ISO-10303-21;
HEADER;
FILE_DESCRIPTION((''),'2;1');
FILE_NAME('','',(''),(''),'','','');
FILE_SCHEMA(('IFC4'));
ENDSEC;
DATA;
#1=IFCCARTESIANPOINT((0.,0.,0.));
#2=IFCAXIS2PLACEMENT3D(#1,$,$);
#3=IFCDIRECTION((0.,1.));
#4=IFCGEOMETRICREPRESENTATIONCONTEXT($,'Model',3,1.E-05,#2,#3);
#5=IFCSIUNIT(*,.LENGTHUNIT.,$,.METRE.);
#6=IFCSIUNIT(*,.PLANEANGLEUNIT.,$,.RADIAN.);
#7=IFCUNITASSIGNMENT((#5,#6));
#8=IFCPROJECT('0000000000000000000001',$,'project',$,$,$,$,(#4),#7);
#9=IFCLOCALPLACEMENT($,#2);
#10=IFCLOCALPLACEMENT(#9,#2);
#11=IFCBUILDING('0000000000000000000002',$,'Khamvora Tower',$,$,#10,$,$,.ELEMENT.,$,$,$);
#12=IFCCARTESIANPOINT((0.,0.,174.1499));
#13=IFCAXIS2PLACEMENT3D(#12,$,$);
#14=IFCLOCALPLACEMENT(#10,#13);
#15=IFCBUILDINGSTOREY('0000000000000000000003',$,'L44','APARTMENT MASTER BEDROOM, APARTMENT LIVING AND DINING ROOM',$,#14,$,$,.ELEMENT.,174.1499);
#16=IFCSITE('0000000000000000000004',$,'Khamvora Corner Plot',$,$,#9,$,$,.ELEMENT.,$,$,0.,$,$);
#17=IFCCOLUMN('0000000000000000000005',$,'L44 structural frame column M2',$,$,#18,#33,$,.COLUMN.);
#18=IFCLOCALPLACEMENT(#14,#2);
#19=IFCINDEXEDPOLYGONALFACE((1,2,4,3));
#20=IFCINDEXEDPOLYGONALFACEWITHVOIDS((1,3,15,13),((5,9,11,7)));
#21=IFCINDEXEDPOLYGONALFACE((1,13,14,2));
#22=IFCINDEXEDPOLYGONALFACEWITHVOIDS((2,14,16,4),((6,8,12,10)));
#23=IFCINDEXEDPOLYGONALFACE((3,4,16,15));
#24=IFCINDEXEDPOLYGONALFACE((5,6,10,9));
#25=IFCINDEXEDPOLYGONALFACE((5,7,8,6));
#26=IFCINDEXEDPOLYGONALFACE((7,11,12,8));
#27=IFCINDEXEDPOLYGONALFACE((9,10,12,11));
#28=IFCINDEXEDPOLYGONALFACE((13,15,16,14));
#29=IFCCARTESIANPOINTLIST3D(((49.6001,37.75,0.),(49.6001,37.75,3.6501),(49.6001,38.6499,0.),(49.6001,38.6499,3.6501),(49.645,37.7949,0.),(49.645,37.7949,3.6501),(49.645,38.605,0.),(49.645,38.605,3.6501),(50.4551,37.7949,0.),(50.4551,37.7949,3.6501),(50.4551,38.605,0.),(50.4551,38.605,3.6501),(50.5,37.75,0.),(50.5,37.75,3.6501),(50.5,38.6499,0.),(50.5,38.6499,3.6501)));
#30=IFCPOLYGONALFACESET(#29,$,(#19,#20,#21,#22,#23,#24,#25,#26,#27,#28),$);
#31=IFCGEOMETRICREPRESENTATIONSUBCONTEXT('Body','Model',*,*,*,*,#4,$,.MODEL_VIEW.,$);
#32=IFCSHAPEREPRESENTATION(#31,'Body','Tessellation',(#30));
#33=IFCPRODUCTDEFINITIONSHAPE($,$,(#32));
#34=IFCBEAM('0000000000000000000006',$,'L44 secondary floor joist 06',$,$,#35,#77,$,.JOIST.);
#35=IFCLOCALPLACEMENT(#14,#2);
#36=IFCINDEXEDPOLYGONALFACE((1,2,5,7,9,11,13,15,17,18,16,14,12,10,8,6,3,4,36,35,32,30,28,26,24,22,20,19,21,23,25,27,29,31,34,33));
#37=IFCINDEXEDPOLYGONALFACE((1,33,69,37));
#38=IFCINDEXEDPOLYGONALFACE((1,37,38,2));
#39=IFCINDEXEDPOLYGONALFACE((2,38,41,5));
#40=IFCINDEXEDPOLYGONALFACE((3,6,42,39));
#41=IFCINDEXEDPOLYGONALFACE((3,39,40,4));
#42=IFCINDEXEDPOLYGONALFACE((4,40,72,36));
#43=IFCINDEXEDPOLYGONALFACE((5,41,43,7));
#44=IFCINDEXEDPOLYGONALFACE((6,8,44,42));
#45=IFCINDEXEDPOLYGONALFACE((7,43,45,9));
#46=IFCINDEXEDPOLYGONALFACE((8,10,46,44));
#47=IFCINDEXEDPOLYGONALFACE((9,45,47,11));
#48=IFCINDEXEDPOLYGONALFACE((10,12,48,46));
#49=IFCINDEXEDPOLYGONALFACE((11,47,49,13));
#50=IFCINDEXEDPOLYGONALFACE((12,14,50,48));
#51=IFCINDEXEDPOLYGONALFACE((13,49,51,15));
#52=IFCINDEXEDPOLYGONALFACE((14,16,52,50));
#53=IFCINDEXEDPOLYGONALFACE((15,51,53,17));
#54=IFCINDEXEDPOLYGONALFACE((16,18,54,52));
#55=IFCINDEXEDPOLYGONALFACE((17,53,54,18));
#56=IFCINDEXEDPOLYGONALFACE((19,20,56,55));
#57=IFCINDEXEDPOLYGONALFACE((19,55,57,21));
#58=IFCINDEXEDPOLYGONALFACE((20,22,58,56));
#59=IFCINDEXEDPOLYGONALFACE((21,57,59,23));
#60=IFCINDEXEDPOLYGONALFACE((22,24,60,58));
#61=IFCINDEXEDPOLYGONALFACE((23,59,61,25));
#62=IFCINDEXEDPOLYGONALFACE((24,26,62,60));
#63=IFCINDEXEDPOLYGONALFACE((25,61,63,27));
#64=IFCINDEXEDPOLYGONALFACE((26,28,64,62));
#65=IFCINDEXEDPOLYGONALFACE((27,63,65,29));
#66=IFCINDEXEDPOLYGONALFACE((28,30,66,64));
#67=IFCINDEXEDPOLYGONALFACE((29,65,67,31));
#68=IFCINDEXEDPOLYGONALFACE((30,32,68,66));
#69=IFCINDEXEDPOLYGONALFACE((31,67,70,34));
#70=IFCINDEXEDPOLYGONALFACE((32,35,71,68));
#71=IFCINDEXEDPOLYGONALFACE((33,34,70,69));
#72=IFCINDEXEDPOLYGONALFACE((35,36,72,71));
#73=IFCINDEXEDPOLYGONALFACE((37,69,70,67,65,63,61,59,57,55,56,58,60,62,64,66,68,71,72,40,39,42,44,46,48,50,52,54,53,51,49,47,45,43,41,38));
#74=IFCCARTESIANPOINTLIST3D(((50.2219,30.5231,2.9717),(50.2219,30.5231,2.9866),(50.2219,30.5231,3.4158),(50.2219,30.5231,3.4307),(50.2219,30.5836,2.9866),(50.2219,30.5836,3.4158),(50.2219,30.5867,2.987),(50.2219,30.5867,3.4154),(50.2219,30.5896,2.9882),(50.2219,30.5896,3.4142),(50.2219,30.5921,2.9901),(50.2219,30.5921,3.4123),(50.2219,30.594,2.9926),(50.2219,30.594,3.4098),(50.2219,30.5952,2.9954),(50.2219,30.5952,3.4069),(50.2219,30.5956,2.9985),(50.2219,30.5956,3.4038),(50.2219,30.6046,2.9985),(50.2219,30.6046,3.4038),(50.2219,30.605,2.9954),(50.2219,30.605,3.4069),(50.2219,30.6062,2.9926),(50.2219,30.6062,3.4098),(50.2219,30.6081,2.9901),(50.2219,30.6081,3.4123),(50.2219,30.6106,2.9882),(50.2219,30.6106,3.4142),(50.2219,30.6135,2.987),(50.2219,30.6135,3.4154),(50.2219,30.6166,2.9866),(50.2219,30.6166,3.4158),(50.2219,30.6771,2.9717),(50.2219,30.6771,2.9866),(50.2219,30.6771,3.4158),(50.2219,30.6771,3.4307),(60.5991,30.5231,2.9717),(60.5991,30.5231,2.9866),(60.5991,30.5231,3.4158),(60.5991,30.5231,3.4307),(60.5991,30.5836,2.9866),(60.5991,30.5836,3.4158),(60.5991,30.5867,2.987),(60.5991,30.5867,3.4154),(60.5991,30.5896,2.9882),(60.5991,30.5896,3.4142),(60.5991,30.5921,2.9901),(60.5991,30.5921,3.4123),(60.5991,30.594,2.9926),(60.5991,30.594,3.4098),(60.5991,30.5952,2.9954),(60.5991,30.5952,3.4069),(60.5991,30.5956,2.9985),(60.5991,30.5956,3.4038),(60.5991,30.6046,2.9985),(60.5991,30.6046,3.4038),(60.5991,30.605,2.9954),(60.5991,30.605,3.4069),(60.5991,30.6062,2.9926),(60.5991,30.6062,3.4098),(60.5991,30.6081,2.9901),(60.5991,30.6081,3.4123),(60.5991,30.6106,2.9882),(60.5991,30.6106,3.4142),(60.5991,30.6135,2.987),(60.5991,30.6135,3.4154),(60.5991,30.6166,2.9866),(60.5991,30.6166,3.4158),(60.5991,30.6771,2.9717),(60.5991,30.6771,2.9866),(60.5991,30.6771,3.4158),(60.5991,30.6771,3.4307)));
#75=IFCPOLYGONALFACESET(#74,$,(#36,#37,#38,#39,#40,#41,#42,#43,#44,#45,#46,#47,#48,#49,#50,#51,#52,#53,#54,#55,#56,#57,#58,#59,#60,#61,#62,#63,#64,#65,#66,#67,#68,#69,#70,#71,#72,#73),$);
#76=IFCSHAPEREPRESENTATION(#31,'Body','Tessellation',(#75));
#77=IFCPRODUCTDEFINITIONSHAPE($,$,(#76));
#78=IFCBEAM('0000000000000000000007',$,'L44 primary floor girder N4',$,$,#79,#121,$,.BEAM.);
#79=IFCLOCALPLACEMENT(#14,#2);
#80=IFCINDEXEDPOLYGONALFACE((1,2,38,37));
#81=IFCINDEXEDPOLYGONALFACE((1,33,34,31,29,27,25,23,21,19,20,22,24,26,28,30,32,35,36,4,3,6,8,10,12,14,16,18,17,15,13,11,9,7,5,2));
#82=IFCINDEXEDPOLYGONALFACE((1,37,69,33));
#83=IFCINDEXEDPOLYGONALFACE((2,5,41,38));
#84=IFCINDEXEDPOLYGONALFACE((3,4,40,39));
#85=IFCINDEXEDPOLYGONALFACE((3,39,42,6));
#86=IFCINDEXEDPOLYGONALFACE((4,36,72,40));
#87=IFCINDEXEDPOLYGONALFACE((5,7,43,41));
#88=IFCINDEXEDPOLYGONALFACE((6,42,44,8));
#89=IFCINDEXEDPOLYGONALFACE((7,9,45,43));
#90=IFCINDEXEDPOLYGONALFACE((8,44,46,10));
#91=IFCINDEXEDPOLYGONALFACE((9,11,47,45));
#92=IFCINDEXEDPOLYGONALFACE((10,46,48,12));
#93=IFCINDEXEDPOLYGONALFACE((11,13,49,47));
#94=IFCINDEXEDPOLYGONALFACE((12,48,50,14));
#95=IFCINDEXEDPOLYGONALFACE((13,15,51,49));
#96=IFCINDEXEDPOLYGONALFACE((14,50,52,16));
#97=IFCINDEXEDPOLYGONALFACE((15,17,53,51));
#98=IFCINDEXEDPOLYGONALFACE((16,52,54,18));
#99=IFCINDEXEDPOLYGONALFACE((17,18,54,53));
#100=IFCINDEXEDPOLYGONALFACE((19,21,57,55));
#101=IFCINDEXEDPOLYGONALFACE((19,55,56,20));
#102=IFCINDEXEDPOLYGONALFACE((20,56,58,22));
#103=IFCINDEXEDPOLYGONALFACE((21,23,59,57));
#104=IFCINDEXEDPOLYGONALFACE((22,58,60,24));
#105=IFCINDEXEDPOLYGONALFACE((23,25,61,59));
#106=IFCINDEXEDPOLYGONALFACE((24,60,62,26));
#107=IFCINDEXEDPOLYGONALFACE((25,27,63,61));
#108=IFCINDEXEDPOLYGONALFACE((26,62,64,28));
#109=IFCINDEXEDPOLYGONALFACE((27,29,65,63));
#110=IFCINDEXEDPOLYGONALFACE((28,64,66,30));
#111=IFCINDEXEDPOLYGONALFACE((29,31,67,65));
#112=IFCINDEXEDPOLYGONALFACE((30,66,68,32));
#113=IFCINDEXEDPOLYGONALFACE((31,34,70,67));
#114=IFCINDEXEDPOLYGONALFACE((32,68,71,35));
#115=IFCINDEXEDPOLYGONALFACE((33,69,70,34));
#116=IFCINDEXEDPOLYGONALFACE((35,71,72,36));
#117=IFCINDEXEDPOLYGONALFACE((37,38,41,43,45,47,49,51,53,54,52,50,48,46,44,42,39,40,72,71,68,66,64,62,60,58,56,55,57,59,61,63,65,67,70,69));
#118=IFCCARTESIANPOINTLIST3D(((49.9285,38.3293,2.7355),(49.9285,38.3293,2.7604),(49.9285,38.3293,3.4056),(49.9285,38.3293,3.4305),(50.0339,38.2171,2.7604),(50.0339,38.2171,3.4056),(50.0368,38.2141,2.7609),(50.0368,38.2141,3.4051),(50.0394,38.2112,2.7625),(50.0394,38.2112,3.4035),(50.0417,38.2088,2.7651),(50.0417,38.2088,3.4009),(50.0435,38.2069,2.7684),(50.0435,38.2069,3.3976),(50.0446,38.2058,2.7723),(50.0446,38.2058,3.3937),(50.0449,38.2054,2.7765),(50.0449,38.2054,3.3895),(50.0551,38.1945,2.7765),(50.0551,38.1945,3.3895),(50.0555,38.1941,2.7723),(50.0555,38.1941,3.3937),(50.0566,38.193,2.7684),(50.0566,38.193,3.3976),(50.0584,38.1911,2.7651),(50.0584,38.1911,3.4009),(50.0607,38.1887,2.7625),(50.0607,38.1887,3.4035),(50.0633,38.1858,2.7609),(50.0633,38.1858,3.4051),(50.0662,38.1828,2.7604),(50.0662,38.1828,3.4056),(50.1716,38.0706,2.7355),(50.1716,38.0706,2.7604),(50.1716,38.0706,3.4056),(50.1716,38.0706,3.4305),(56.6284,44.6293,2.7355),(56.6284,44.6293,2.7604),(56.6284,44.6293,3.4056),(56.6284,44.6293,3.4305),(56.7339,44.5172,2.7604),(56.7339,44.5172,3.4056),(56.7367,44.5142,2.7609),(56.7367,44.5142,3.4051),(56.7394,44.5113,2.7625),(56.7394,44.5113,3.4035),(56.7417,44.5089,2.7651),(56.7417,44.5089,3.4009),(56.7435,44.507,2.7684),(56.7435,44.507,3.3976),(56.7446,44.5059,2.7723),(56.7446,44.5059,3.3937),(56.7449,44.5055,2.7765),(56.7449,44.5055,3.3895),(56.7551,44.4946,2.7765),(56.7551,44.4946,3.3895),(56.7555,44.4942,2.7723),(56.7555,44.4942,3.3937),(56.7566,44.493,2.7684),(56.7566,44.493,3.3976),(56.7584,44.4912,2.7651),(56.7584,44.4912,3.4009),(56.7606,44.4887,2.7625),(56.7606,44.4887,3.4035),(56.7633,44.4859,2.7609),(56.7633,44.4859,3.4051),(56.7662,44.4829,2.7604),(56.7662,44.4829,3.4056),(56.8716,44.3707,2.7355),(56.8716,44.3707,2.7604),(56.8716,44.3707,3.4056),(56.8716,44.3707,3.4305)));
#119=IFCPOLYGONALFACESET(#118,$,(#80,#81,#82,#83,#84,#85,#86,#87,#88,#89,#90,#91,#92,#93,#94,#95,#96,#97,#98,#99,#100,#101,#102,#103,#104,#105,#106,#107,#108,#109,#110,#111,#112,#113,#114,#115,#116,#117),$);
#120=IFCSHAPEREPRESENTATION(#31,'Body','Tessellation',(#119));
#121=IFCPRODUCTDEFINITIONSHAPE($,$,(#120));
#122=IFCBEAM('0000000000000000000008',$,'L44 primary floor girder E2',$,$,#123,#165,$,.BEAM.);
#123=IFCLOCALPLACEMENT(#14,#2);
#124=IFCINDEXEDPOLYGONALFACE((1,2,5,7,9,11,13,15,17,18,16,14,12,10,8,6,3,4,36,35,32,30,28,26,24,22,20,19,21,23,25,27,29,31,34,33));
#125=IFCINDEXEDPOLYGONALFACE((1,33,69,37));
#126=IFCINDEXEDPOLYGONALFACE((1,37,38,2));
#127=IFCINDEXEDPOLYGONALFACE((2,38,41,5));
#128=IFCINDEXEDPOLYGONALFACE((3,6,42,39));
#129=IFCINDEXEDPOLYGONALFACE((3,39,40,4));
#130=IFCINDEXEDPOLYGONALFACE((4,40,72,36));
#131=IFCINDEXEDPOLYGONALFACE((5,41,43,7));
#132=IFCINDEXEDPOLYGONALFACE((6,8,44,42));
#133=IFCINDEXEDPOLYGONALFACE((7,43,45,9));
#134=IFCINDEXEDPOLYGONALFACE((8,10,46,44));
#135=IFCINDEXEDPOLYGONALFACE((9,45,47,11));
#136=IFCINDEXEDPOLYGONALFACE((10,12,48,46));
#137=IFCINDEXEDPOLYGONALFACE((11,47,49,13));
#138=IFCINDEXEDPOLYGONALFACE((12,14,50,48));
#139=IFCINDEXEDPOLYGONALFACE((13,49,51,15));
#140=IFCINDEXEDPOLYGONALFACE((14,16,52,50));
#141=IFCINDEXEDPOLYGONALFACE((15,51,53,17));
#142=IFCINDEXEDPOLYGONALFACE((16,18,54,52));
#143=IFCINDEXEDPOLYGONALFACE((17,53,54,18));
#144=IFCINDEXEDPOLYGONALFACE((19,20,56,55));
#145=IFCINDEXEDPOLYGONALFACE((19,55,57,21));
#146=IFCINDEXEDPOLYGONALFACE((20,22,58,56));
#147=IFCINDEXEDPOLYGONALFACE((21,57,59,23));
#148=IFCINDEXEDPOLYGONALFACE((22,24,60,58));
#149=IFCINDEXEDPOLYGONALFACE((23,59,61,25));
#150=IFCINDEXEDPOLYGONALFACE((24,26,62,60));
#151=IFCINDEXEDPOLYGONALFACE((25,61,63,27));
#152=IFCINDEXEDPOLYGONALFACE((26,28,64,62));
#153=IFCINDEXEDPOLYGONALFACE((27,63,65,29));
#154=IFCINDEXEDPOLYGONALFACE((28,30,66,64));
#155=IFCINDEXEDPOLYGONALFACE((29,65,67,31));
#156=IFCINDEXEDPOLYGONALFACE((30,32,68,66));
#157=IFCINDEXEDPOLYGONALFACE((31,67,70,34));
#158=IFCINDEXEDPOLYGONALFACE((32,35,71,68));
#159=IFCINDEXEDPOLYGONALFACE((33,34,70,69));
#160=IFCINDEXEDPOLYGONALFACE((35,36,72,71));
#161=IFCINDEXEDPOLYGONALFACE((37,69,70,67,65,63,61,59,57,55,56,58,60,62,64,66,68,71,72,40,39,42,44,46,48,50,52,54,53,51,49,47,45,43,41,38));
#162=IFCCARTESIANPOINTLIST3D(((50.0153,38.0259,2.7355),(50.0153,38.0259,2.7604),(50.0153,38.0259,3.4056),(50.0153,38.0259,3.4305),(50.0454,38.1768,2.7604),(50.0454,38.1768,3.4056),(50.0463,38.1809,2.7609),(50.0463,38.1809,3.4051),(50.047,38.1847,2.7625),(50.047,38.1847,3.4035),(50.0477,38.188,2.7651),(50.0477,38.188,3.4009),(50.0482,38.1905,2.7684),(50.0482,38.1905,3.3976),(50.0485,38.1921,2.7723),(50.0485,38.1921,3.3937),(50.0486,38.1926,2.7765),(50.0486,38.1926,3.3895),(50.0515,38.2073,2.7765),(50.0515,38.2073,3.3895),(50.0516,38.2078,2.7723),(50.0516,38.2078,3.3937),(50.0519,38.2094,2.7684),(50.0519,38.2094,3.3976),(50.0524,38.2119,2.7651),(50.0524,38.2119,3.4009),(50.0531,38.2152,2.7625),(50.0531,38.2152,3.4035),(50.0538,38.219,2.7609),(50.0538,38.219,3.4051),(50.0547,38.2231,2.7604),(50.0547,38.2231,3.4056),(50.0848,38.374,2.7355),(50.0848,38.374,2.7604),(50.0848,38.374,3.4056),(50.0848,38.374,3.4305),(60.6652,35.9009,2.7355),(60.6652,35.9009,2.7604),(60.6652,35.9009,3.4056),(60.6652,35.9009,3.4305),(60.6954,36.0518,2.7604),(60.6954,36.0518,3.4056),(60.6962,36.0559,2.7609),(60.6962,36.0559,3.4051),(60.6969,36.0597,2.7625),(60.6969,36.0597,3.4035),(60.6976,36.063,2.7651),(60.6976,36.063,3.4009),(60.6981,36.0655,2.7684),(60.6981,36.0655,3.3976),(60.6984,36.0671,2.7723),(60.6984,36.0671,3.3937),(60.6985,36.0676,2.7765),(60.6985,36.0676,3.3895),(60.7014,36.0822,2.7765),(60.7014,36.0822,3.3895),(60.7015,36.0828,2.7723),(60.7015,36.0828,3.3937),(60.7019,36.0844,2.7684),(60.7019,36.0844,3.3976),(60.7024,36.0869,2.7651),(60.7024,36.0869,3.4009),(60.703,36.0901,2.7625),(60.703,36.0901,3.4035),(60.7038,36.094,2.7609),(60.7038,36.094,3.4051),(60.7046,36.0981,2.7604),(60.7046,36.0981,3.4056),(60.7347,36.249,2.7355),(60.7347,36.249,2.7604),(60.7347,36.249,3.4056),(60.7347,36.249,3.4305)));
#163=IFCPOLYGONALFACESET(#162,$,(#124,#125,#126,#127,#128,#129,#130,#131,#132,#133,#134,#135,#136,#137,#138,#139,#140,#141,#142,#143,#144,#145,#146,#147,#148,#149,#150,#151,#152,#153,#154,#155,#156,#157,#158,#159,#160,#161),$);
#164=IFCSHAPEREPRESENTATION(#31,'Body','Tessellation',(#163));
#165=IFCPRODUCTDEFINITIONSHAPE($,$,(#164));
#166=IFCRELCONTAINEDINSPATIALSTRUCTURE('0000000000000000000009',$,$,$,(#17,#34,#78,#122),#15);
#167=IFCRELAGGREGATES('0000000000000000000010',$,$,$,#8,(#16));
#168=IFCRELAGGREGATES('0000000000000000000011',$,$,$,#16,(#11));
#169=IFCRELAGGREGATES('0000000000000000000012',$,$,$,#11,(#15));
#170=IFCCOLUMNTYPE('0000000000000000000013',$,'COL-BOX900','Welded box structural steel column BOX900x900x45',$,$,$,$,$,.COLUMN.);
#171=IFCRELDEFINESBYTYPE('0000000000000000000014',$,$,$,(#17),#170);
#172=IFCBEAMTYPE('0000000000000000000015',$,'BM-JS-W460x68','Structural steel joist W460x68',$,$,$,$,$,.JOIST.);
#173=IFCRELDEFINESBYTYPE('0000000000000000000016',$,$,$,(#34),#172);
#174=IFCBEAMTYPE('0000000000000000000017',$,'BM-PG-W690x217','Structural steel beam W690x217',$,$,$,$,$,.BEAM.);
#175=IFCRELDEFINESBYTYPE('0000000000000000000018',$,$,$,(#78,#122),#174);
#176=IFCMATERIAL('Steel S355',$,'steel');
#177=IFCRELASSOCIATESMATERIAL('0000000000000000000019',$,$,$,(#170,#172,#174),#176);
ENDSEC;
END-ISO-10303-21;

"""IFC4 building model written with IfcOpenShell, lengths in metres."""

from ifc_helpers import new_model, si_unit, direction, frame, origin, origin_2d, place, context, subcontext, project, spatial, hollow_rectangle, i_section, extrude, material, material_profile, profile_set, type_object, element, save


model = new_model("IFC4")

# Units and contexts
model_context = context("Model", 3, precision=1e-05, world=origin(), true_north=direction((0.0, 1.0)))
body_context = subcontext(model_context, "Body", "Model", "MODEL_VIEW")
ifc_project = project(units=[si_unit("LENGTHUNIT", "METRE"), si_unit("PLANEANGLEUNIT", "RADIAN")], contexts=[model_context])

# Site, building, storey
site_placement = place(None, origin())
site = spatial("IfcSite", under=ifc_project, at=site_placement, Name="Khamvora Corner Plot", CompositionType="ELEMENT", RefElevation=0.0)
building_placement = place(site_placement, origin())
building = spatial("IfcBuilding", under=site, at=building_placement, Name="Khamvora Tower", CompositionType="ELEMENT")
storey_placement = place(building_placement, frame((0.0, 0.0, 174.1499)))
storey = spatial("IfcBuildingStorey", under=building, at=storey_placement, Name="L44", Description="APARTMENT MASTER BEDROOM, APARTMENT LIVING AND DINING ROOM", CompositionType="ELEMENT", Elevation=174.1499)

# Column
ifc_material_1 = material(Name="Steel S355", Category="steel")
ifc_material_profile_1 = material_profile(ifc_material_1, hollow_rectangle(XDim=0.8999, YDim=0.8999, WallThickness=0.0449, at=origin_2d()), Name="BOX900x900x45")
ifc_profile_set_1 = profile_set([ifc_material_profile_1], Name="Steel S355")
column_type = type_object("IfcColumnType", Name="COL-BOX900", Description="Welded box structural steel column BOX900x900x45", PredefinedType="COLUMN", material=ifc_profile_set_1)
column_placement = place(storey_placement, frame((50.05, 38.2, 0.0), z_axis=(0.0, 0.0, 1.0), x_axis=(1.0, 0.0, 0.0)))
element("IfcColumn", 1, at=column_placement, inside=storey, type_object=column_type, Name="L44 structural frame column M2", PredefinedType="COLUMN", context=body_context, shape_type="SweptSolid", body=[
    extrude(hollow_rectangle(XDim=0.8999, YDim=0.8999, WallThickness=0.0449, at=origin_2d()), origin(), (0.0, 0.0, 1.0), 3.6501),
])

# Beams
ifc_material_profile_2 = material_profile(ifc_material_1, i_section(OverallWidth=0.1541, OverallDepth=0.459, WebThickness=0.009, FlangeThickness=0.0149, FilletRadius=0.012, at=origin_2d()), Name="W460x68")
ifc_profile_set_2 = profile_set([ifc_material_profile_2], Name="Steel S355")
beam_type_1 = type_object("IfcBeamType", Name="BM-JS-W460x68", Description="Structural steel joist W460x68", PredefinedType="JOIST", material=ifc_profile_set_2)
beam_1_placement = place(storey_placement, frame((50.2219, 30.6001, 3.2012), z_axis=(1.0, 0.0, 0.0), x_axis=(0.0, 1.0, 0.0)))
element("IfcBeam", 2, at=beam_1_placement, inside=storey, type_object=beam_type_1, Name="L44 secondary floor joist 06", PredefinedType="JOIST", context=body_context, shape_type="SweptSolid", body=[
    extrude(i_section(OverallWidth=0.1541, OverallDepth=0.459, WebThickness=0.009, FlangeThickness=0.0149, FilletRadius=0.012, at=origin_2d()), origin(), (0.0, 0.0, 1.0), 10.3772),
])
ifc_material_profile_3 = material_profile(ifc_material_1, i_section(OverallWidth=0.355, OverallDepth=0.6951, WebThickness=0.0149, FlangeThickness=0.0249, FilletRadius=0.0161, at=origin_2d()), Name="W690x217")
ifc_profile_set_3 = profile_set([ifc_material_profile_3], Name="Steel S355")
beam_type_2 = type_object("IfcBeamType", Name="BM-PG-W690x217", Description="Structural steel beam W690x217", PredefinedType="BEAM", material=ifc_profile_set_3)
beam_2_placement = place(storey_placement, frame((50.05, 38.2, 3.083), z_axis=(0.728514, 0.685031, 0.0), x_axis=(-0.685031, 0.728514, 0.0)))
element("IfcBeam", 3, at=beam_2_placement, inside=storey, type_object=beam_type_2, Name="L44 primary floor girder N4", PredefinedType="BEAM", context=body_context, shape_type="SweptSolid", body=[
    extrude(i_section(OverallWidth=0.355, OverallDepth=0.6951, WebThickness=0.0149, FlangeThickness=0.0249, FilletRadius=0.0161, at=origin_2d()), origin(), (0.0, 0.0, 1.0), 9.1968),
])
beam_3_placement = place(storey_placement, frame((50.05, 38.2, 3.083), z_axis=(0.980669, -0.195675, 0.0), x_axis=(0.195675, 0.980669, 0.0)))
element("IfcBeam", 4, at=beam_3_placement, inside=storey, type_object=beam_type_2, Name="L44 primary floor girder E2", PredefinedType="BEAM", context=body_context, shape_type="SweptSolid", body=[
    extrude(i_section(OverallWidth=0.355, OverallDepth=0.6951, WebThickness=0.0149, FlangeThickness=0.0249, FilletRadius=0.0161, at=origin_2d()), origin(), (0.0, 0.0, 1.0), 10.8599),
])

save(model, "model.ifc")
